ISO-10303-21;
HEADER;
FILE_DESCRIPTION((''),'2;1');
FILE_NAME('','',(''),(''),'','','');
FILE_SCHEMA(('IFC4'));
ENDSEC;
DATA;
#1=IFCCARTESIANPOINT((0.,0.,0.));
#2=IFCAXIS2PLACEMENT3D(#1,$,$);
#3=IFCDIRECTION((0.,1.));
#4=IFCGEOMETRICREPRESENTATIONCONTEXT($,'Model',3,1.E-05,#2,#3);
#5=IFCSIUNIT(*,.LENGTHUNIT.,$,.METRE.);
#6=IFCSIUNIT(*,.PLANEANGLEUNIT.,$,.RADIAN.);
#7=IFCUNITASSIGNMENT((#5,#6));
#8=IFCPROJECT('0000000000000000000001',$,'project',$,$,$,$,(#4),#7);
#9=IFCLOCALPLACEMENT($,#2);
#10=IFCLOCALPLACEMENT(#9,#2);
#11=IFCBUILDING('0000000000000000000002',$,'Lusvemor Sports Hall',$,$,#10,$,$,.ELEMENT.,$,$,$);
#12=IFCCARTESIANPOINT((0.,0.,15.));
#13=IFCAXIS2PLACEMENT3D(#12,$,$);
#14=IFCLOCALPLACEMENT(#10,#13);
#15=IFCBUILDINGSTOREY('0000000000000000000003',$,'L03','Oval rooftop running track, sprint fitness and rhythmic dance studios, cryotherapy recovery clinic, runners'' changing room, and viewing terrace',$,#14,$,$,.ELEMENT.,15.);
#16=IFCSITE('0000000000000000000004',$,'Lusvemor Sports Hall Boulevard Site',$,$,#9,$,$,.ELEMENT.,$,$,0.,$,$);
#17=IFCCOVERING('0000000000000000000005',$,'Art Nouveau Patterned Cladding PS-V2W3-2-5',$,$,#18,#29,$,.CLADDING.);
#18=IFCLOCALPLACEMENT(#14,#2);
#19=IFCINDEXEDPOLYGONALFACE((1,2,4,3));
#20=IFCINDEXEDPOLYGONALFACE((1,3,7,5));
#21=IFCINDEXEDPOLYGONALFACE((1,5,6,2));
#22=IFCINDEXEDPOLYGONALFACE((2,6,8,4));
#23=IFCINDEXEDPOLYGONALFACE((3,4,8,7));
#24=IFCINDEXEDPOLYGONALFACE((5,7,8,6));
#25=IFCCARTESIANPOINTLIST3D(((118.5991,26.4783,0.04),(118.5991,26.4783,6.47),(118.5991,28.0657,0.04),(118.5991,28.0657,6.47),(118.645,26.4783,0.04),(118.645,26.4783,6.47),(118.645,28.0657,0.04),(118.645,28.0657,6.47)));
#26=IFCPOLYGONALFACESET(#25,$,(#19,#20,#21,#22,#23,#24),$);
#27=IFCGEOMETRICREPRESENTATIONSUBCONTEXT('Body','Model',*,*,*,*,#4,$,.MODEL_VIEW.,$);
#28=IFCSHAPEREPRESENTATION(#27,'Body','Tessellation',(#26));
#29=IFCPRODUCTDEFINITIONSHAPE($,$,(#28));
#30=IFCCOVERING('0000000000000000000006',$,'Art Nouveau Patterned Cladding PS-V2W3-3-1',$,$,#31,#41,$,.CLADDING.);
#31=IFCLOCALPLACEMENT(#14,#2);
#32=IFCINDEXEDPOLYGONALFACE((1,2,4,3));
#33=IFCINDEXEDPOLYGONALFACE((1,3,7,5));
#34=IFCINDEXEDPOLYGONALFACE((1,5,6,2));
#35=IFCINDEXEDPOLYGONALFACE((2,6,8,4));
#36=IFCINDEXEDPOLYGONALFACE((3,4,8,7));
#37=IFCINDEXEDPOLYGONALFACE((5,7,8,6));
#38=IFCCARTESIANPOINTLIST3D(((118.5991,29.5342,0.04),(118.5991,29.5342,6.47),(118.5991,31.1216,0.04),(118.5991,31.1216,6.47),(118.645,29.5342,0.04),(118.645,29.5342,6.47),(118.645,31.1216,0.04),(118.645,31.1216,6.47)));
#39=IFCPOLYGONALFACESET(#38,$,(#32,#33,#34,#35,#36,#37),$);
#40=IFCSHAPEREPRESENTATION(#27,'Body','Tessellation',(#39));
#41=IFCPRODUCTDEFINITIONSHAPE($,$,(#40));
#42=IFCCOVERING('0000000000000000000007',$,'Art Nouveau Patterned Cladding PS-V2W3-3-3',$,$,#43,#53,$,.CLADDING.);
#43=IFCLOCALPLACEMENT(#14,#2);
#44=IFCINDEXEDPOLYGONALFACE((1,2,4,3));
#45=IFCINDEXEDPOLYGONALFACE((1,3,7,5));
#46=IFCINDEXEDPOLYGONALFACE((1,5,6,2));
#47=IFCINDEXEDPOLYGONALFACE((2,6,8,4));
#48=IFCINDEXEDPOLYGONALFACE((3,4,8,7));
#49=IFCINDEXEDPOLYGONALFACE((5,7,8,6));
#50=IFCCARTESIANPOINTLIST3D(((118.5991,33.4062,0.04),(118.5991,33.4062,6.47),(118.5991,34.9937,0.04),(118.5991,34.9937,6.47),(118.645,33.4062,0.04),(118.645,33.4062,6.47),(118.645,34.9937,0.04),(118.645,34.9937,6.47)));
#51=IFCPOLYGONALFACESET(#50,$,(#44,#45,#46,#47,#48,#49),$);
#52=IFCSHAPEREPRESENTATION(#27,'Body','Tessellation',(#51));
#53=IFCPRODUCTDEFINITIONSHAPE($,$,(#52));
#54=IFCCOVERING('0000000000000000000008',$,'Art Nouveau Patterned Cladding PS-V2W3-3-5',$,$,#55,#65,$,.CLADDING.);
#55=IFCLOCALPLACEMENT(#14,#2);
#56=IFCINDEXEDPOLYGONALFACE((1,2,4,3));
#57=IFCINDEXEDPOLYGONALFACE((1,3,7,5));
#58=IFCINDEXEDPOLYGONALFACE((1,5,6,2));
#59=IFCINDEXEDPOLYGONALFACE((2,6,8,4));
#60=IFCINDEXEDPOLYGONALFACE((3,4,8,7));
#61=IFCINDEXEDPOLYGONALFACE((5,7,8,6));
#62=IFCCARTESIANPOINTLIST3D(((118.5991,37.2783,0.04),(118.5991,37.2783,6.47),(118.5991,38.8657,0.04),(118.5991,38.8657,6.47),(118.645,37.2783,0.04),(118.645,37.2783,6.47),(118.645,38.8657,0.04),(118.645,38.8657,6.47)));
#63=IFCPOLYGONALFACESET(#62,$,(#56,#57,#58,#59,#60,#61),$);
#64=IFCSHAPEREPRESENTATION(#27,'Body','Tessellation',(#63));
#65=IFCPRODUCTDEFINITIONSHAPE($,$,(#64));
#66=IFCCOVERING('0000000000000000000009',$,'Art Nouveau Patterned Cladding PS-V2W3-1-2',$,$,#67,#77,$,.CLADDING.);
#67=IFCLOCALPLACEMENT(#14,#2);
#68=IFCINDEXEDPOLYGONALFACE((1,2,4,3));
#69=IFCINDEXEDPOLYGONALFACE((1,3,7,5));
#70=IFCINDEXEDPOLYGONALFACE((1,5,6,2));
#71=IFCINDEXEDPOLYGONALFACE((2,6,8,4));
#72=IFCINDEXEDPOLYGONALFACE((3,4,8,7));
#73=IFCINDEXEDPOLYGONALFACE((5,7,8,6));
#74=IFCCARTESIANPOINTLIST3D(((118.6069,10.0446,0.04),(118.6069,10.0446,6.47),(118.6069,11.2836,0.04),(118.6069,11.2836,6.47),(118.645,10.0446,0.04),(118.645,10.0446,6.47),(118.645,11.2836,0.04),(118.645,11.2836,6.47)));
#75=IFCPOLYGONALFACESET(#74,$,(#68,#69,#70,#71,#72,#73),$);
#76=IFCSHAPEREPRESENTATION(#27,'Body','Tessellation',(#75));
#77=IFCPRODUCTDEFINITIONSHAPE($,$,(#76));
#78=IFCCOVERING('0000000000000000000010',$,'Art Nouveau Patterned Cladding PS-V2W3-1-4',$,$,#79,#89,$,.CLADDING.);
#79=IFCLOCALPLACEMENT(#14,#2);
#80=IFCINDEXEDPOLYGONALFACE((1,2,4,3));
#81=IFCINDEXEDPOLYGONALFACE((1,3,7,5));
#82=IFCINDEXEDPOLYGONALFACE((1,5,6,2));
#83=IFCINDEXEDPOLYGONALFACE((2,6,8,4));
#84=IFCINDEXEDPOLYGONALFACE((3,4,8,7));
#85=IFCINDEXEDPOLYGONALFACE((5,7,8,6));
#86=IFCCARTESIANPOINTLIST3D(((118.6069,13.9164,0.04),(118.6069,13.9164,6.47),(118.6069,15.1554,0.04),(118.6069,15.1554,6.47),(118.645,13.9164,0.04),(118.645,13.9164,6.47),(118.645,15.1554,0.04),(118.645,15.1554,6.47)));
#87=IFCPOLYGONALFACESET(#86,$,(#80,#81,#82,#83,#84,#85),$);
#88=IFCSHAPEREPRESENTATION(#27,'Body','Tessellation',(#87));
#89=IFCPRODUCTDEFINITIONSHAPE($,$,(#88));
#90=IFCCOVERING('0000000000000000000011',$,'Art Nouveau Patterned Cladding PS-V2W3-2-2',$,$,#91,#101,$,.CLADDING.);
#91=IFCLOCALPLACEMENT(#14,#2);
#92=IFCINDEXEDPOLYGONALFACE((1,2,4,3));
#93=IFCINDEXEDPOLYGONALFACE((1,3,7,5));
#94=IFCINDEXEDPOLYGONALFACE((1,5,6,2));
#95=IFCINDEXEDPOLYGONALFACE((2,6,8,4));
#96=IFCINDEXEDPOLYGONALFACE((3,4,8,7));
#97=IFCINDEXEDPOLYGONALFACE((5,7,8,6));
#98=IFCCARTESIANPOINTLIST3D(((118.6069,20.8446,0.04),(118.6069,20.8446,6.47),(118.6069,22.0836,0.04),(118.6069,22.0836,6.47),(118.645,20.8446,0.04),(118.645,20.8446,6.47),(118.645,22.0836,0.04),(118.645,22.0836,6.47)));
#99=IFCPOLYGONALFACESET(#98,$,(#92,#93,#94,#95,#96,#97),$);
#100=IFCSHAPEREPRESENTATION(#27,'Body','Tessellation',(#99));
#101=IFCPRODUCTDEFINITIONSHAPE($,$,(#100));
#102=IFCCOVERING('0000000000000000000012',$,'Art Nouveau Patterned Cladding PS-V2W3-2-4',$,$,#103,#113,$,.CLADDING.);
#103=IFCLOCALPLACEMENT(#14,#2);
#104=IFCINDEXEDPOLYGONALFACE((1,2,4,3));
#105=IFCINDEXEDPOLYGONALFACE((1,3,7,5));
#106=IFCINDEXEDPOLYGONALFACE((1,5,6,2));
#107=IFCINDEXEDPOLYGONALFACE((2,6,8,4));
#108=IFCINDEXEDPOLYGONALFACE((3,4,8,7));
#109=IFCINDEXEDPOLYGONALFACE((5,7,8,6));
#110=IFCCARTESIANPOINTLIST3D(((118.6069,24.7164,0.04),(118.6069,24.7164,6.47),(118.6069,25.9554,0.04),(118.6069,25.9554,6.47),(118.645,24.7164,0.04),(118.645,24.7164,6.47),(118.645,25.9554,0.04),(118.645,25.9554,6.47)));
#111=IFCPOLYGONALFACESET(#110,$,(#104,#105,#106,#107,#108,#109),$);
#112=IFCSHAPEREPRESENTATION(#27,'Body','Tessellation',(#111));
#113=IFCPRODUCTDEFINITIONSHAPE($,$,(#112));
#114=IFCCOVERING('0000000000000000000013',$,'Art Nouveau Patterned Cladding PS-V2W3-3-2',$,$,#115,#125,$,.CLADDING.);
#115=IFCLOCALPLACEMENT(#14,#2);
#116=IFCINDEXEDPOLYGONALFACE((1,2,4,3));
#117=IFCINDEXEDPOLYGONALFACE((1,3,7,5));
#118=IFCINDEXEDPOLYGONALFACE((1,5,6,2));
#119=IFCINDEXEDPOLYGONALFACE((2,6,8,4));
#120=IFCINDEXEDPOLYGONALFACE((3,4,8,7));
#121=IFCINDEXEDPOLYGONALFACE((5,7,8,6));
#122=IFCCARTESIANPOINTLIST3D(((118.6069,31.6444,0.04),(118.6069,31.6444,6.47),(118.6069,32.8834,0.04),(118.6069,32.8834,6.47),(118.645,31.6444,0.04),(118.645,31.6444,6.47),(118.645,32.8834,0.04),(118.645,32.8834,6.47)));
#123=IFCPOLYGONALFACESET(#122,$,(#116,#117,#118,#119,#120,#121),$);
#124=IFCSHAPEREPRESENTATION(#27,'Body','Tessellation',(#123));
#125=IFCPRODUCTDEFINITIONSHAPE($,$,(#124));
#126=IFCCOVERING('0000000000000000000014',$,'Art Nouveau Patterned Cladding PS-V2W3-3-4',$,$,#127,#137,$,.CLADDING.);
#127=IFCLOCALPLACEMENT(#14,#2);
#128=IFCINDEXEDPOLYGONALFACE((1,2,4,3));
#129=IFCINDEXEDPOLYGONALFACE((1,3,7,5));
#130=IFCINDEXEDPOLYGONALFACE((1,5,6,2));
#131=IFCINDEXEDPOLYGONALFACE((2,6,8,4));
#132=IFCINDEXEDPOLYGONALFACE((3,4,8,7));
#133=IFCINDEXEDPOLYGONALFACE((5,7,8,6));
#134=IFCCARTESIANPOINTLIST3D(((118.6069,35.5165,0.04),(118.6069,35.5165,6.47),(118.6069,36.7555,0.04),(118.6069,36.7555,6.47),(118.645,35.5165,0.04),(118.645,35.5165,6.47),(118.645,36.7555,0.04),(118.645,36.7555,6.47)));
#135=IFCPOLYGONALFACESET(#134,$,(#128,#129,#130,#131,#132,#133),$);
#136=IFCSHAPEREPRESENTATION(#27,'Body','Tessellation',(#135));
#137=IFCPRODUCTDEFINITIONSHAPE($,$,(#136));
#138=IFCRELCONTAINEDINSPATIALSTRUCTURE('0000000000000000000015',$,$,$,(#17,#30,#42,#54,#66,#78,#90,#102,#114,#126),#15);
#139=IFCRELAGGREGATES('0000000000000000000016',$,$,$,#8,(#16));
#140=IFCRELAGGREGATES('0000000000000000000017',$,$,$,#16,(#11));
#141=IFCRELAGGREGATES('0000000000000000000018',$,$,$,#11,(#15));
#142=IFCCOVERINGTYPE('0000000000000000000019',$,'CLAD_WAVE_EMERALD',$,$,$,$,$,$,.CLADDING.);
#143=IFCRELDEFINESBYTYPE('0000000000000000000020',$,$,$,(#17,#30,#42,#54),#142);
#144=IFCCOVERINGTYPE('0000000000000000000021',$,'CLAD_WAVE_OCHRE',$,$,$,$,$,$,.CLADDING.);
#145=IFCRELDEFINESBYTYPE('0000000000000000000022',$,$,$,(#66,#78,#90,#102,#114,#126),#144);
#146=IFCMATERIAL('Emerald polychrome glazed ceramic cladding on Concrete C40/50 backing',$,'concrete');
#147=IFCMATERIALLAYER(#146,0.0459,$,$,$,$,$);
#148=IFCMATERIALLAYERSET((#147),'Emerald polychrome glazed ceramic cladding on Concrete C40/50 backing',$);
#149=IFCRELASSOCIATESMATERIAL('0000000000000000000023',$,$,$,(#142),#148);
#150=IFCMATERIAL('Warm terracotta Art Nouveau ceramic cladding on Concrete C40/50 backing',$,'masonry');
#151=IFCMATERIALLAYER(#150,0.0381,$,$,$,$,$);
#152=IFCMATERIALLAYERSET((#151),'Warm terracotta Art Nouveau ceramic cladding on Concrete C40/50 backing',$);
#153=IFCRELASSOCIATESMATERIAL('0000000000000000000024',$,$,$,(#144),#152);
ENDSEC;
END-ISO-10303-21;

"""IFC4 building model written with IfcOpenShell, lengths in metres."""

from ifc_helpers import new_model, si_unit, direction, frame, origin, origin_2d, place, context, subcontext, project, spatial, rectangle, extrude, material, layer, layer_set, type_object, element, save


model = new_model("IFC4")

# Units and contexts
model_context = context("Model", 3, precision=1e-05, world=origin(), true_north=direction((0.0, 1.0)))
body_context = subcontext(model_context, "Body", "Model", "MODEL_VIEW")
ifc_project = project(units=[si_unit("LENGTHUNIT", "METRE"), si_unit("PLANEANGLEUNIT", "RADIAN")], contexts=[model_context])

# Site, building, storey
site_placement = place(None, origin())
site = spatial("IfcSite", under=ifc_project, at=site_placement, Name="Lusvemor Sports Hall Boulevard Site", CompositionType="ELEMENT", RefElevation=0.0)
building_placement = place(site_placement, origin())
building = spatial("IfcBuilding", under=site, at=building_placement, Name="Lusvemor Sports Hall", CompositionType="ELEMENT")
storey_placement = place(building_placement, frame((0.0, 0.0, 15.0)))
storey = spatial("IfcBuildingStorey", under=building, at=storey_placement, Name="L03", Description="Oval rooftop running track, sprint fitness and rhythmic dance studios, cryotherapy recovery clinic, runners' changing room, and viewing terrace", CompositionType="ELEMENT", Elevation=15.0)

# Coverings
ifc_material_1 = material(Name="Emerald polychrome glazed ceramic cladding on Concrete C40/50 backing", Category="concrete")
ifc_layer_1 = layer(ifc_material_1, 0.0459)
ifc_layer_set_1 = layer_set([ifc_layer_1], Name="Emerald polychrome glazed ceramic cladding on Concrete C40/50 backing")
covering_type_1 = type_object("IfcCoveringType", Name="CLAD_WAVE_EMERALD", PredefinedType="CLADDING", material=ifc_layer_set_1)
for number, where, z_axis, x_axis, name in (
    (1, (118.6221, 27.272, 0.04), (0.0, 0.0, 1.0), (1.0, 0.0, 0.0), "Art Nouveau Patterned Cladding PS-V2W3-2-5"),
    (2, (118.6221, 30.3279, 0.04), (0.0, 0.0, 1.0), (1.0, 0.0, 0.0), "Art Nouveau Patterned Cladding PS-V2W3-3-1"),
    (3, (118.6221, 34.2, 0.04), (0.0, 0.0, 1.0), (1.0, 0.0, 0.0), "Art Nouveau Patterned Cladding PS-V2W3-3-3"),
    (4, (118.6221, 38.072, 0.04), (0.0, 0.0, 1.0), (1.0, 0.0, 0.0), "Art Nouveau Patterned Cladding PS-V2W3-3-5"),
):
    element("IfcCovering", number, at=place(storey_placement, frame(where, z_axis=z_axis, x_axis=x_axis)), inside=storey, type_object=covering_type_1, Name=name, PredefinedType="CLADDING", context=body_context, shape_type="SweptSolid", body=[
        extrude(rectangle(XDim=0.0459, YDim=1.5874, at=origin_2d()), origin(), (0.0, 0.0, 1.0), 6.4299),
    ])
ifc_material_2 = material(Name="Warm terracotta Art Nouveau ceramic cladding on Concrete C40/50 backing", Category="masonry")
ifc_layer_2 = layer(ifc_material_2, 0.0381)
ifc_layer_set_2 = layer_set([ifc_layer_2], Name="Warm terracotta Art Nouveau ceramic cladding on Concrete C40/50 backing")
covering_type_2 = type_object("IfcCoveringType", Name="CLAD_WAVE_OCHRE", PredefinedType="CLADDING", material=ifc_layer_set_2)
for number, where, z_axis, x_axis, name in (
    (5, (118.626, 10.6641, 0.04), (0.0, 0.0, 1.0), (1.0, 0.0, 0.0), "Art Nouveau Patterned Cladding PS-V2W3-1-2"),
    (6, (118.626, 14.5359, 0.04), (0.0, 0.0, 1.0), (1.0, 0.0, 0.0), "Art Nouveau Patterned Cladding PS-V2W3-1-4"),
    (7, (118.626, 21.4641, 0.04), (0.0, 0.0, 1.0), (1.0, 0.0, 0.0), "Art Nouveau Patterned Cladding PS-V2W3-2-2"),
    (8, (118.626, 25.3359, 0.04), (0.0, 0.0, 1.0), (1.0, 0.0, 0.0), "Art Nouveau Patterned Cladding PS-V2W3-2-4"),
    (9, (118.626, 32.2639, 0.04), (0.0, 0.0, 1.0), (1.0, 0.0, 0.0), "Art Nouveau Patterned Cladding PS-V2W3-3-2"),
    (10, (118.626, 36.136, 0.04), (0.0, 0.0, 1.0), (1.0, 0.0, 0.0), "Art Nouveau Patterned Cladding PS-V2W3-3-4"),
):
    element("IfcCovering", number, at=place(storey_placement, frame(where, z_axis=z_axis, x_axis=x_axis)), inside=storey, type_object=covering_type_2, Name=name, PredefinedType="CLADDING", context=body_context, shape_type="SweptSolid", body=[
        extrude(rectangle(XDim=0.0381, YDim=1.239, at=origin_2d()), origin(), (0.0, 0.0, 1.0), 6.4299),
    ])

save(model, "model.ifc")
